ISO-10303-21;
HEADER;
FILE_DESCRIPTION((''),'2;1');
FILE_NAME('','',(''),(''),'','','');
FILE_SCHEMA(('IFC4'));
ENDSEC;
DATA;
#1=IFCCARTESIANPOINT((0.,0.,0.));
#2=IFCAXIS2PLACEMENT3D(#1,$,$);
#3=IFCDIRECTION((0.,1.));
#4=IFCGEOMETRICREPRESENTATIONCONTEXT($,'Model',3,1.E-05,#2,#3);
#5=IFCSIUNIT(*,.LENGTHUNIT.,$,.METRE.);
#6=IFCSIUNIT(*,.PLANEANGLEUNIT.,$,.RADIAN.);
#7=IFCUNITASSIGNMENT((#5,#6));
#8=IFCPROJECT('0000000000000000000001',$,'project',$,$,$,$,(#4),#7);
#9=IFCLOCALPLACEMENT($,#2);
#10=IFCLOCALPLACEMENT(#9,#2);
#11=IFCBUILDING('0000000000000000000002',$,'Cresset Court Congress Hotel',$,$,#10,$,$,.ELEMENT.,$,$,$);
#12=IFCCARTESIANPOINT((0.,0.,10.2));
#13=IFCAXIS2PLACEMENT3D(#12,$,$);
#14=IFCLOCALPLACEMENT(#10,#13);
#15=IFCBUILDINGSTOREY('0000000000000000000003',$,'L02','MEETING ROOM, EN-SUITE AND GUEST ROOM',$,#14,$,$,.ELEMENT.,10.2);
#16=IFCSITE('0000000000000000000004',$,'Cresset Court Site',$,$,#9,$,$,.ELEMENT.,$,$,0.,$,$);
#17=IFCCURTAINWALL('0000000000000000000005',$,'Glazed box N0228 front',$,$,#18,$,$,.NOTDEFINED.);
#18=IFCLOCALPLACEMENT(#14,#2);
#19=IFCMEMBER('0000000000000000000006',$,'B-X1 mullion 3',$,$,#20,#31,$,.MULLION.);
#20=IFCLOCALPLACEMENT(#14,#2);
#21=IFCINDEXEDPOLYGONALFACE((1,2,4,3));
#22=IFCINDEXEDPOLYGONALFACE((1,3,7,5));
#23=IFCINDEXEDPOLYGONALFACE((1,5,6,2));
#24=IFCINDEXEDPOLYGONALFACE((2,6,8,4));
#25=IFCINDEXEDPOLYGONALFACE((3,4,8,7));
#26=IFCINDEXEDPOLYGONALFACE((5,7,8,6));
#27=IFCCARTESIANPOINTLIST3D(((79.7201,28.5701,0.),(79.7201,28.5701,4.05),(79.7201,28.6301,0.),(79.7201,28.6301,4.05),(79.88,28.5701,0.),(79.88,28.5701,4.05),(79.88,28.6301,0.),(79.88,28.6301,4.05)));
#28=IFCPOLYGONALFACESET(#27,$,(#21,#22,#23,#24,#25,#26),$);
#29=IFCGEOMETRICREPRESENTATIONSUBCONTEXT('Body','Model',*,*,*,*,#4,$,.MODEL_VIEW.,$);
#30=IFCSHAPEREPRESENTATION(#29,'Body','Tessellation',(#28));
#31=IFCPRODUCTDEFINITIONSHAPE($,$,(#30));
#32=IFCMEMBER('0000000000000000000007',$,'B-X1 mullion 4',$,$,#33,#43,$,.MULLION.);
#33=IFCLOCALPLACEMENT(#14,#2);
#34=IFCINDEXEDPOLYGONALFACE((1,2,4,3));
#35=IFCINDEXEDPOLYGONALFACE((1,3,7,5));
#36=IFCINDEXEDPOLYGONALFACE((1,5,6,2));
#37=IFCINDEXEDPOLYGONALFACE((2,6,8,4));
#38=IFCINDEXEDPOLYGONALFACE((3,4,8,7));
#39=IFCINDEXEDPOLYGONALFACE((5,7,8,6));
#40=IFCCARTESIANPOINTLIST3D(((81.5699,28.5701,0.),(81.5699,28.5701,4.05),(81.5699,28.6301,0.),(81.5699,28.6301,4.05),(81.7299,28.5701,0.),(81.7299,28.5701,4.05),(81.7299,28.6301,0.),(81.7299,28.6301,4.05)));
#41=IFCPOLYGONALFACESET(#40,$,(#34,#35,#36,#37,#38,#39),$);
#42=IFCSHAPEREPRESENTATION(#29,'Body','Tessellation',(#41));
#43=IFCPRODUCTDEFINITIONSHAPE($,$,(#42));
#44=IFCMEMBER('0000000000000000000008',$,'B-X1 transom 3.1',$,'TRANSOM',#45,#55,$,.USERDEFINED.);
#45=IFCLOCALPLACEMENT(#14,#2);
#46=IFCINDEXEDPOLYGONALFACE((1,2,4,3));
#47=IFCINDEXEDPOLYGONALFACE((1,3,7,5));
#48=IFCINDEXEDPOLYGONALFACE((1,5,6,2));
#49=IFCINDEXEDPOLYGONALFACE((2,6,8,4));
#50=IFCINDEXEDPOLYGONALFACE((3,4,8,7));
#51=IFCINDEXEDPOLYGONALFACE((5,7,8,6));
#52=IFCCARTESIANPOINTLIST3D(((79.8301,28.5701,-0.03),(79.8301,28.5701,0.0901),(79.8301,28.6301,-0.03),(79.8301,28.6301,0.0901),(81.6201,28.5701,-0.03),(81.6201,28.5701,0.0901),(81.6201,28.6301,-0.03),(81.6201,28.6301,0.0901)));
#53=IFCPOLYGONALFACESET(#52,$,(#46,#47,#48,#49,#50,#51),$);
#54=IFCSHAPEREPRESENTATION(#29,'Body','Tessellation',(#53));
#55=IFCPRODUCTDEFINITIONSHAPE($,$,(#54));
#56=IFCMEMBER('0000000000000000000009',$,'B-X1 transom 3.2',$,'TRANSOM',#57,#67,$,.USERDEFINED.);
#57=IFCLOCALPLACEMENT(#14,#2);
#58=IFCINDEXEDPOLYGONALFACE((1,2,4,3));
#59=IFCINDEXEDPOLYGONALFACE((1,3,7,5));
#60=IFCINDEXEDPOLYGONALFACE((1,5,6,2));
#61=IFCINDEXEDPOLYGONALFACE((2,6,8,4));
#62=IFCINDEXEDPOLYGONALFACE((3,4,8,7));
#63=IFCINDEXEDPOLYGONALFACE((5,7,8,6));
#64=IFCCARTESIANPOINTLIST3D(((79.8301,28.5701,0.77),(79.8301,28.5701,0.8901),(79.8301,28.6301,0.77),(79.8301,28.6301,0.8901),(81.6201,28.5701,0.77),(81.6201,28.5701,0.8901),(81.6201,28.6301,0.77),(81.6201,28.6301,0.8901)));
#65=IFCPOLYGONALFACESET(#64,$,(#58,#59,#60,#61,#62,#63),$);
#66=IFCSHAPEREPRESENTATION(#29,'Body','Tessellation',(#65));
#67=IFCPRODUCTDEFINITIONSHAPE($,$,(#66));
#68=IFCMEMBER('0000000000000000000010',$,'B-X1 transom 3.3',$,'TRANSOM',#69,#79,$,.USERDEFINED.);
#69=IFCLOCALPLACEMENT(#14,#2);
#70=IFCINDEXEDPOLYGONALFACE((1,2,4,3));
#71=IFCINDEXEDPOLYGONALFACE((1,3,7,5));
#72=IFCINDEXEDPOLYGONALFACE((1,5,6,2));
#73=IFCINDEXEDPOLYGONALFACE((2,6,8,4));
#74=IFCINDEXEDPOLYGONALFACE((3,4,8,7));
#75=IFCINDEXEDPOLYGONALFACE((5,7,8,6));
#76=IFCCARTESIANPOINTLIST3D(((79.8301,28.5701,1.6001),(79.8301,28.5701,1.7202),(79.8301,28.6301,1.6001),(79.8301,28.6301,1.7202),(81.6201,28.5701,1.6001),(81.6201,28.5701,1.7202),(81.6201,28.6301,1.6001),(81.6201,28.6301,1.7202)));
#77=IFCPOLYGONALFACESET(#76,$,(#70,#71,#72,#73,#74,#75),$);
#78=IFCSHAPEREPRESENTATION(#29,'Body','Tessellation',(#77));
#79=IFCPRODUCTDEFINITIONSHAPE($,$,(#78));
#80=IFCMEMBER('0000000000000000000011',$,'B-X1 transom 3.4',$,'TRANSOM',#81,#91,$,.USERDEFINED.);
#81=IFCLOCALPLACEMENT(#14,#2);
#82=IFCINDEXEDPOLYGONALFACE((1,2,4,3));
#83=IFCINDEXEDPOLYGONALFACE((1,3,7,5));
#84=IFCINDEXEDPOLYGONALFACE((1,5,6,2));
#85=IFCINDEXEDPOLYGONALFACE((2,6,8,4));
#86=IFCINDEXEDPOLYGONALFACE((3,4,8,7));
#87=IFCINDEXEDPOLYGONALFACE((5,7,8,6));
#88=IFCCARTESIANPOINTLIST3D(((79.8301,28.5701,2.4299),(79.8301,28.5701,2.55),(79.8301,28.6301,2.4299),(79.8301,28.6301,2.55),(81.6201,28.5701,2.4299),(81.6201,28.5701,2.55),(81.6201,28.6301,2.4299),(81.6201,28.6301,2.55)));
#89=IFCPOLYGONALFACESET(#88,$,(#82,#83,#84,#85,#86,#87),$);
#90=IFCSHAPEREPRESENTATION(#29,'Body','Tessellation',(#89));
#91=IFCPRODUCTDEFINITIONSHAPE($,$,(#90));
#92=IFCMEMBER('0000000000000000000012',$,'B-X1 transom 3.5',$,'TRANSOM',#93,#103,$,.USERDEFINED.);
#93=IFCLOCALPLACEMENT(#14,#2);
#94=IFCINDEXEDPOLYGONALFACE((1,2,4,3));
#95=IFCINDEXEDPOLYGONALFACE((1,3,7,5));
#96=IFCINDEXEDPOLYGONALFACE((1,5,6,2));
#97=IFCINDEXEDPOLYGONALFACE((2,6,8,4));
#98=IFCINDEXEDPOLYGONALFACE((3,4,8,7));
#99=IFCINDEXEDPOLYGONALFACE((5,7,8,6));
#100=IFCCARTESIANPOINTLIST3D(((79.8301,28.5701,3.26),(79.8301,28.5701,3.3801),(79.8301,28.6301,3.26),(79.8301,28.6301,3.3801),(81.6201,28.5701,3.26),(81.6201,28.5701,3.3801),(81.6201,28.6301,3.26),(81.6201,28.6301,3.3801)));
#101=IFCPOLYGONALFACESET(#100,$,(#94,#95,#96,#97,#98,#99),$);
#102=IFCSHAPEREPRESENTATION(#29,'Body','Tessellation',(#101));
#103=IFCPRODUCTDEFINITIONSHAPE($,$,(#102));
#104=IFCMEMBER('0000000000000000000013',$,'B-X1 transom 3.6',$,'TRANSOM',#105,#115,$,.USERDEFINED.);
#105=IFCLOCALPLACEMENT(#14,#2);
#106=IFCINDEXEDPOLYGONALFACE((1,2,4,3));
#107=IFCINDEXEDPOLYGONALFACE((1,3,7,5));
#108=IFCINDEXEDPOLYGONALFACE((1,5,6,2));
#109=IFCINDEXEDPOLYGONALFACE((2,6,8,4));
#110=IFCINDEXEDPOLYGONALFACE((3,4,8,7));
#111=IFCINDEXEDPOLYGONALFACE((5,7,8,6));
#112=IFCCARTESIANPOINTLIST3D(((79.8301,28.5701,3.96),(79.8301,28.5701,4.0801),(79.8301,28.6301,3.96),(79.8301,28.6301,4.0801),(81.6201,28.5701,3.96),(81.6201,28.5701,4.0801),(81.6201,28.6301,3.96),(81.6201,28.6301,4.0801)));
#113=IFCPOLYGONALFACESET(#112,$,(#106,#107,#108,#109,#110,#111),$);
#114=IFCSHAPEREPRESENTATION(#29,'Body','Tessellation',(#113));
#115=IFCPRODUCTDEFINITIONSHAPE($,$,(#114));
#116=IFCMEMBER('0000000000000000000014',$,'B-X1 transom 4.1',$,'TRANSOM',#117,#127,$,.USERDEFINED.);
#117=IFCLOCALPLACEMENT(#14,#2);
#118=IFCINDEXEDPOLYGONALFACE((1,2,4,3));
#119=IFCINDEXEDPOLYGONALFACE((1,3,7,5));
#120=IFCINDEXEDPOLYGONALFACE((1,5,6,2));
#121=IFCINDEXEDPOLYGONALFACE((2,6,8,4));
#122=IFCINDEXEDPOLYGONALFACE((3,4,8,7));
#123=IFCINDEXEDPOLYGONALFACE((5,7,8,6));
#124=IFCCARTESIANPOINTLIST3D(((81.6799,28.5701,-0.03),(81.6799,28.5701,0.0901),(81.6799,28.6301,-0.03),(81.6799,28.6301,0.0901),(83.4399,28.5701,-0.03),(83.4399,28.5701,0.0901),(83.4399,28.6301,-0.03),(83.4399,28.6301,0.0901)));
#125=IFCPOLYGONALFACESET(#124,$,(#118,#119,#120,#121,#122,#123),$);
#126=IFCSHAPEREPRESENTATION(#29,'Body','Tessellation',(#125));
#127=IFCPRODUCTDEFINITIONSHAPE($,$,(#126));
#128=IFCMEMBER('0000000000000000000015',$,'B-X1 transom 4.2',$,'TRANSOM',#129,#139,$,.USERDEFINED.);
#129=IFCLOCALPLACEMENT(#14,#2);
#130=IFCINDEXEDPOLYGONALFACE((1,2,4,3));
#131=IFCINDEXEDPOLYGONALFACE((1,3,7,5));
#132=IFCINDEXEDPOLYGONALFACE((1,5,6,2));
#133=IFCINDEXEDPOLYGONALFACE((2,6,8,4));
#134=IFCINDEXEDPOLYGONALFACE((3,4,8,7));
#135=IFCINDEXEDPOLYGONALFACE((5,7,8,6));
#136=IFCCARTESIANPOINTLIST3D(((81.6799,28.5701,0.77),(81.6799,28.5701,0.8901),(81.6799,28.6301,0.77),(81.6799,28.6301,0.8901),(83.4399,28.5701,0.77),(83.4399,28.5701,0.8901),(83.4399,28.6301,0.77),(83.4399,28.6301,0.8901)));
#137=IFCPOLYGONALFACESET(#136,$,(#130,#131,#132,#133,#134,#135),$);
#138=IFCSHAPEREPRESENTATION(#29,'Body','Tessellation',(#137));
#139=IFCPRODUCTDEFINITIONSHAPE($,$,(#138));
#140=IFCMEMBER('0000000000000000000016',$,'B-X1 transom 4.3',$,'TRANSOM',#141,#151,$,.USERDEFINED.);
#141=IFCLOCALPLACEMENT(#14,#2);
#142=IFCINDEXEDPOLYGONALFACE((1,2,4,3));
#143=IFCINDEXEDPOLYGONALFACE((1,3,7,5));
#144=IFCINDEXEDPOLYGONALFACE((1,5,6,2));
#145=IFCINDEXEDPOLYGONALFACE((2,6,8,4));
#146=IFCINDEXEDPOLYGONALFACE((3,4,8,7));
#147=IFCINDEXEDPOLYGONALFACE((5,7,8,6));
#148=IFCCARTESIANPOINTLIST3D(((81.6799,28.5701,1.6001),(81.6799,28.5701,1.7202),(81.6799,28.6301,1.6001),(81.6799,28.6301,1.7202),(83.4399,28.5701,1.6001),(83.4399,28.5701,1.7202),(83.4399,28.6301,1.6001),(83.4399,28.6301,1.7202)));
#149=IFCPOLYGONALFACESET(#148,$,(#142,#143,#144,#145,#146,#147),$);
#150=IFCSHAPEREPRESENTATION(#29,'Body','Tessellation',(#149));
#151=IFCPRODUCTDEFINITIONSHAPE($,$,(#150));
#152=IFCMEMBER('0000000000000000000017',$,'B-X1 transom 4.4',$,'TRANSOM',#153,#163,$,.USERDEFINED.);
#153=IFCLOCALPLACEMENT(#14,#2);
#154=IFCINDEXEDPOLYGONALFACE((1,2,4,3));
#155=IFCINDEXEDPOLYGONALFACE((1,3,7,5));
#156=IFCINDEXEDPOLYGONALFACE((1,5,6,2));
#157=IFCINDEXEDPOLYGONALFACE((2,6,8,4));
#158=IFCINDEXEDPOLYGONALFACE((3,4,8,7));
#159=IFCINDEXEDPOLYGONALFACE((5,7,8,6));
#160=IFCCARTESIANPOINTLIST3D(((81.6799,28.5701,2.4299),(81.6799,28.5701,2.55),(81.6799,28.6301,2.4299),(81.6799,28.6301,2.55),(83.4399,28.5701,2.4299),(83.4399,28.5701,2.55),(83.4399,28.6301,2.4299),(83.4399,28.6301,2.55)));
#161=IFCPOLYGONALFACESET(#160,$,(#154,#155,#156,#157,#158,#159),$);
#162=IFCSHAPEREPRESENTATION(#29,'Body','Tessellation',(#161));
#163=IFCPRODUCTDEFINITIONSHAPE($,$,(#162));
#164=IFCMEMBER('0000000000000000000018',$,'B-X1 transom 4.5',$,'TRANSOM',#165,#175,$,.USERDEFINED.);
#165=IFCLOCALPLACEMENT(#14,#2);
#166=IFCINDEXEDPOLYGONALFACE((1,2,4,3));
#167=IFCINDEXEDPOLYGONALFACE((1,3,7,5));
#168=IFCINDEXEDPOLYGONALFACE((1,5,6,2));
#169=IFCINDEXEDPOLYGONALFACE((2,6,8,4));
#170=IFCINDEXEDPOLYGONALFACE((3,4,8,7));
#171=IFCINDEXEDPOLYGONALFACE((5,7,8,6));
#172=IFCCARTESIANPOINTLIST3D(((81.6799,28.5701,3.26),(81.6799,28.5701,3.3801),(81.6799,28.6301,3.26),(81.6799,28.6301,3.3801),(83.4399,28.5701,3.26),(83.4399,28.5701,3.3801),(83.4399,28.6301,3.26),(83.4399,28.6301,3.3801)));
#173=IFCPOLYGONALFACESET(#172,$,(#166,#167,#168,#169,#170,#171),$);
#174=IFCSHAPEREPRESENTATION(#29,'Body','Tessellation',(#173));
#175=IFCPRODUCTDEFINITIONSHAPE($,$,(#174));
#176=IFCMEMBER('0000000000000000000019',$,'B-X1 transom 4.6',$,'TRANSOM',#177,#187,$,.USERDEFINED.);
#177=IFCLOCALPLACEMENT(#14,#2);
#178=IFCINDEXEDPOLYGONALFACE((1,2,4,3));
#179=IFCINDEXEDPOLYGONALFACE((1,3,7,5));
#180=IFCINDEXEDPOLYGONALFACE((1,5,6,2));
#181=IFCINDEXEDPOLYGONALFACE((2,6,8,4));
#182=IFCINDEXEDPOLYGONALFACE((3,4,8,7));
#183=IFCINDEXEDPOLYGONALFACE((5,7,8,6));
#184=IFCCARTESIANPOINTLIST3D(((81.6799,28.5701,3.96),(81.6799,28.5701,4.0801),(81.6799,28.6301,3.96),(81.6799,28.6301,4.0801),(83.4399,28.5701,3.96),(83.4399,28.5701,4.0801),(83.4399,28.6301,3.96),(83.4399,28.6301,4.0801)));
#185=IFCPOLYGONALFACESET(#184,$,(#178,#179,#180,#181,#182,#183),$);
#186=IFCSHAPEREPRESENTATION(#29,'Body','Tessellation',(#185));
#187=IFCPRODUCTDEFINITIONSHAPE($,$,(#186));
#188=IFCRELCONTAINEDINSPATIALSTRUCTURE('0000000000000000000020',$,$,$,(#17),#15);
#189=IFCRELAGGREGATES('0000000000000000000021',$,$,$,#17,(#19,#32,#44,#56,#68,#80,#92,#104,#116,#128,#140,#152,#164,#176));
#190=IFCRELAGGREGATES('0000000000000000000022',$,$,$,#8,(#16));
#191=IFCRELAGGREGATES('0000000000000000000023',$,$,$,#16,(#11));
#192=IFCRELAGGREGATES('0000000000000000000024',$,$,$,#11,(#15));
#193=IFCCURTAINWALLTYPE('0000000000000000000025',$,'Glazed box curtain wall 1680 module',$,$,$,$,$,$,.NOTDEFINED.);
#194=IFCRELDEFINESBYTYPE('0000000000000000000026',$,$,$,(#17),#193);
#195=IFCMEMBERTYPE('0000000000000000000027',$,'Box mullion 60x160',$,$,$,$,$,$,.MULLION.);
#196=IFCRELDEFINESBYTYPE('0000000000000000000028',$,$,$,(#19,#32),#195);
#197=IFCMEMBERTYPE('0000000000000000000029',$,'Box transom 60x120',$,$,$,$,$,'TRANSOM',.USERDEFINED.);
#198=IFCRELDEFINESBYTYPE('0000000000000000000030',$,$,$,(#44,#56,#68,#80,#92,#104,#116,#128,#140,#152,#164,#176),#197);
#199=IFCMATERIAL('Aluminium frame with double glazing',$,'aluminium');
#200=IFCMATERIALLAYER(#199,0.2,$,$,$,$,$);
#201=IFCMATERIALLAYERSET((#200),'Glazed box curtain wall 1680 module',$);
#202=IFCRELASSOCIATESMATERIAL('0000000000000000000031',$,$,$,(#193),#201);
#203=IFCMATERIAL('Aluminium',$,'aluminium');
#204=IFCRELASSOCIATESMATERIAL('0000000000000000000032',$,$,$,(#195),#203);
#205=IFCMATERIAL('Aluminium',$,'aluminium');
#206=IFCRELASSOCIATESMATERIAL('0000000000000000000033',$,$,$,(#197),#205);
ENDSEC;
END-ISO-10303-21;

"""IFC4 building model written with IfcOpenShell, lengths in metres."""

from ifc_helpers import new_model, si_unit, direction, frame, origin, origin_2d, place, context, subcontext, project, spatial, rectangle, extrude, material, layer, layer_set, material_profile, profile_set, type_object, element, aggregate, save


model = new_model("IFC4")

# Units and contexts
model_context = context("Model", 3, precision=1e-05, world=origin(), true_north=direction((0.0, 1.0)))
body_context = subcontext(model_context, "Body", "Model", "MODEL_VIEW")
ifc_project = project(units=[si_unit("LENGTHUNIT", "METRE"), si_unit("PLANEANGLEUNIT", "RADIAN")], contexts=[model_context])

# Site, building, storey
site_placement = place(None, origin())
site = spatial("IfcSite", under=ifc_project, at=site_placement, Name="Cresset Court Site", CompositionType="ELEMENT", RefElevation=0.0)
building_placement = place(site_placement, origin())
building = spatial("IfcBuilding", under=site, at=building_placement, Name="Cresset Court Congress Hotel", CompositionType="ELEMENT")
storey_placement = place(building_placement, frame((0.0, 0.0, 10.2)))
storey = spatial("IfcBuildingStorey", under=building, at=storey_placement, Name="L02", Description="MEETING ROOM, EN-SUITE AND GUEST ROOM", CompositionType="ELEMENT", Elevation=10.2)

# Curtain wall, members
ifc_material_1 = material(Name="Aluminium frame with double glazing", Category="aluminium")
ifc_layer_1 = layer(ifc_material_1, 0.2)
ifc_layer_set_1 = layer_set([ifc_layer_1], Name="Glazed box curtain wall 1680 module")
curtain_wall_type = type_object("IfcCurtainWallType", Name="Glazed box curtain wall 1680 module", PredefinedType="NOTDEFINED", material=ifc_layer_set_1)
curtain_wall_placement = place(storey_placement, origin())
curtain_wall = element("IfcCurtainWall", 1, at=curtain_wall_placement, inside=storey, type_object=curtain_wall_type, Name="Glazed box N0228 front", PredefinedType="NOTDEFINED")
ifc_material_2 = material(Name="Aluminium", Category="aluminium")
ifc_material_profile_1 = material_profile(ifc_material_2, rectangle(XDim=0.0601, YDim=0.1599, at=origin_2d()), Name="Box mullion 60x160")
ifc_profile_set_1 = profile_set([ifc_material_profile_1], Name="Aluminium")
member_type_1 = type_object("IfcMemberType", Name="Box mullion 60x160", PredefinedType="MULLION", material=ifc_profile_set_1)
member_1_placement = place(storey_placement, frame((79.8, 28.6001, 0.0), z_axis=(0.0, 0.0, 1.0), x_axis=(0.0, 1.0, 0.0)))
member_1 = element("IfcMember", 2, at=member_1_placement, type_object=member_type_1, Name="B-X1 mullion 3", PredefinedType="MULLION", context=body_context, shape_type="SweptSolid", body=[
    extrude(rectangle(XDim=0.0601, YDim=0.1599, at=origin_2d()), origin(), (0.0, 0.0, 1.0), 4.05),
])
member_2_placement = place(storey_placement, frame((81.6499, 28.6001, 0.0), z_axis=(0.0, 0.0, 1.0), x_axis=(0.0, 1.0, 0.0)))
member_2 = element("IfcMember", 3, at=member_2_placement, type_object=member_type_1, Name="B-X1 mullion 4", PredefinedType="MULLION", context=body_context, shape_type="SweptSolid", body=[
    extrude(rectangle(XDim=0.0601, YDim=0.1599, at=origin_2d()), origin(), (0.0, 0.0, 1.0), 4.05),
])
ifc_material_3 = material(Name="Aluminium", Category="aluminium")
ifc_material_profile_2 = material_profile(ifc_material_3, rectangle(XDim=0.0601, YDim=0.1201, at=origin_2d()), Name="Box transom 60x120")
ifc_profile_set_2 = profile_set([ifc_material_profile_2], Name="Aluminium")
member_type_2 = type_object("IfcMemberType", Name="Box transom 60x120", ElementType="TRANSOM", PredefinedType="USERDEFINED", material=ifc_profile_set_2)
member_3_placement = place(storey_placement, frame((79.8301, 28.6001, 0.03), z_axis=(1.0, 0.0, 0.0), x_axis=(0.0, 1.0, 0.0)))
member_3 = element("IfcMember", 4, at=member_3_placement, type_object=member_type_2, Name="B-X1 transom 3.1", ObjectType="TRANSOM", PredefinedType="USERDEFINED", context=body_context, shape_type="SweptSolid", body=[
    extrude(rectangle(XDim=0.0601, YDim=0.1201, at=origin_2d()), origin(), (0.0, 0.0, 1.0), 1.79),
])
member_4_placement = place(storey_placement, frame((79.8301, 28.6001, 0.8301), z_axis=(1.0, 0.0, 0.0), x_axis=(0.0, 1.0, 0.0)))
member_4 = element("IfcMember", 5, at=member_4_placement, type_object=member_type_2, Name="B-X1 transom 3.2", ObjectType="TRANSOM", PredefinedType="USERDEFINED", context=body_context, shape_type="SweptSolid", body=[
    extrude(rectangle(XDim=0.0601, YDim=0.1201, at=origin_2d()), origin(), (0.0, 0.0, 1.0), 1.79),
])
member_5_placement = place(storey_placement, frame((79.8301, 28.6001, 1.6602), z_axis=(1.0, 0.0, 0.0), x_axis=(0.0, 1.0, 0.0)))
member_5 = element("IfcMember", 6, at=member_5_placement, type_object=member_type_2, Name="B-X1 transom 3.3", ObjectType="TRANSOM", PredefinedType="USERDEFINED", context=body_context, shape_type="SweptSolid", body=[
    extrude(rectangle(XDim=0.0601, YDim=0.1201, at=origin_2d()), origin(), (0.0, 0.0, 1.0), 1.79),
])
member_6_placement = place(storey_placement, frame((79.8301, 28.6001, 2.49), z_axis=(1.0, 0.0, 0.0), x_axis=(0.0, 1.0, 0.0)))
member_6 = element("IfcMember", 7, at=member_6_placement, type_object=member_type_2, Name="B-X1 transom 3.4", ObjectType="TRANSOM", PredefinedType="USERDEFINED", context=body_context, shape_type="SweptSolid", body=[
    extrude(rectangle(XDim=0.0601, YDim=0.1201, at=origin_2d()), origin(), (0.0, 0.0, 1.0), 1.79),
])
member_7_placement = place(storey_placement, frame((79.8301, 28.6001, 3.3201), z_axis=(1.0, 0.0, 0.0), x_axis=(0.0, 1.0, 0.0)))
member_7 = element("IfcMember", 8, at=member_7_placement, type_object=member_type_2, Name="B-X1 transom 3.5", ObjectType="TRANSOM", PredefinedType="USERDEFINED", context=body_context, shape_type="SweptSolid", body=[
    extrude(rectangle(XDim=0.0601, YDim=0.1201, at=origin_2d()), origin(), (0.0, 0.0, 1.0), 1.79),
])
member_8_placement = place(storey_placement, frame((79.8301, 28.6001, 4.02), z_axis=(1.0, 0.0, 0.0), x_axis=(0.0, 1.0, 0.0)))
member_8 = element("IfcMember", 9, at=member_8_placement, type_object=member_type_2, Name="B-X1 transom 3.6", ObjectType="TRANSOM", PredefinedType="USERDEFINED", context=body_context, shape_type="SweptSolid", body=[
    extrude(rectangle(XDim=0.0601, YDim=0.1201, at=origin_2d()), origin(), (0.0, 0.0, 1.0), 1.79),
])
member_9_placement = place(storey_placement, frame((81.6799, 28.6001, 0.03), z_axis=(1.0, 0.0, 0.0), x_axis=(0.0, 1.0, 0.0)))
member_9 = element("IfcMember", 10, at=member_9_placement, type_object=member_type_2, Name="B-X1 transom 4.1", ObjectType="TRANSOM", PredefinedType="USERDEFINED", context=body_context, shape_type="SweptSolid", body=[
    extrude(rectangle(XDim=0.0601, YDim=0.1201, at=origin_2d()), origin(), (0.0, 0.0, 1.0), 1.76),
])
member_10_placement = place(storey_placement, frame((81.6799, 28.6001, 0.8301), z_axis=(1.0, 0.0, 0.0), x_axis=(0.0, 1.0, 0.0)))
member_10 = element("IfcMember", 11, at=member_10_placement, type_object=member_type_2, Name="B-X1 transom 4.2", ObjectType="TRANSOM", PredefinedType="USERDEFINED", context=body_context, shape_type="SweptSolid", body=[
    extrude(rectangle(XDim=0.0601, YDim=0.1201, at=origin_2d()), origin(), (0.0, 0.0, 1.0), 1.76),
])
member_11_placement = place(storey_placement, frame((81.6799, 28.6001, 1.6602), z_axis=(1.0, 0.0, 0.0), x_axis=(0.0, 1.0, 0.0)))
member_11 = element("IfcMember", 12, at=member_11_placement, type_object=member_type_2, Name="B-X1 transom 4.3", ObjectType="TRANSOM", PredefinedType="USERDEFINED", context=body_context, shape_type="SweptSolid", body=[
    extrude(rectangle(XDim=0.0601, YDim=0.1201, at=origin_2d()), origin(), (0.0, 0.0, 1.0), 1.76),
])
member_12_placement = place(storey_placement, frame((81.6799, 28.6001, 2.49), z_axis=(1.0, 0.0, 0.0), x_axis=(0.0, 1.0, 0.0)))
member_12 = element("IfcMember", 13, at=member_12_placement, type_object=member_type_2, Name="B-X1 transom 4.4", ObjectType="TRANSOM", PredefinedType="USERDEFINED", context=body_context, shape_type="SweptSolid", body=[
    extrude(rectangle(XDim=0.0601, YDim=0.1201, at=origin_2d()), origin(), (0.0, 0.0, 1.0), 1.76),
])
member_13_placement = place(storey_placement, frame((81.6799, 28.6001, 3.3201), z_axis=(1.0, 0.0, 0.0), x_axis=(0.0, 1.0, 0.0)))
member_13 = element("IfcMember", 14, at=member_13_placement, type_object=member_type_2, Name="B-X1 transom 4.5", ObjectType="TRANSOM", PredefinedType="USERDEFINED", context=body_context, shape_type="SweptSolid", body=[
    extrude(rectangle(XDim=0.0601, YDim=0.1201, at=origin_2d()), origin(), (0.0, 0.0, 1.0), 1.76),
])
member_14_placement = place(storey_placement, frame((81.6799, 28.6001, 4.02), z_axis=(1.0, 0.0, 0.0), x_axis=(0.0, 1.0, 0.0)))
member_14 = element("IfcMember", 15, at=member_14_placement, type_object=member_type_2, Name="B-X1 transom 4.6", ObjectType="TRANSOM", PredefinedType="USERDEFINED", context=body_context, shape_type="SweptSolid", body=[
    extrude(rectangle(XDim=0.0601, YDim=0.1201, at=origin_2d()), origin(), (0.0, 0.0, 1.0), 1.76),
])
aggregate(curtain_wall, [member_1, member_2, member_3, member_4, member_5, member_6, member_7, member_8, member_9, member_10, member_11, member_12, member_13, member_14])

save(model, "model.ifc")
